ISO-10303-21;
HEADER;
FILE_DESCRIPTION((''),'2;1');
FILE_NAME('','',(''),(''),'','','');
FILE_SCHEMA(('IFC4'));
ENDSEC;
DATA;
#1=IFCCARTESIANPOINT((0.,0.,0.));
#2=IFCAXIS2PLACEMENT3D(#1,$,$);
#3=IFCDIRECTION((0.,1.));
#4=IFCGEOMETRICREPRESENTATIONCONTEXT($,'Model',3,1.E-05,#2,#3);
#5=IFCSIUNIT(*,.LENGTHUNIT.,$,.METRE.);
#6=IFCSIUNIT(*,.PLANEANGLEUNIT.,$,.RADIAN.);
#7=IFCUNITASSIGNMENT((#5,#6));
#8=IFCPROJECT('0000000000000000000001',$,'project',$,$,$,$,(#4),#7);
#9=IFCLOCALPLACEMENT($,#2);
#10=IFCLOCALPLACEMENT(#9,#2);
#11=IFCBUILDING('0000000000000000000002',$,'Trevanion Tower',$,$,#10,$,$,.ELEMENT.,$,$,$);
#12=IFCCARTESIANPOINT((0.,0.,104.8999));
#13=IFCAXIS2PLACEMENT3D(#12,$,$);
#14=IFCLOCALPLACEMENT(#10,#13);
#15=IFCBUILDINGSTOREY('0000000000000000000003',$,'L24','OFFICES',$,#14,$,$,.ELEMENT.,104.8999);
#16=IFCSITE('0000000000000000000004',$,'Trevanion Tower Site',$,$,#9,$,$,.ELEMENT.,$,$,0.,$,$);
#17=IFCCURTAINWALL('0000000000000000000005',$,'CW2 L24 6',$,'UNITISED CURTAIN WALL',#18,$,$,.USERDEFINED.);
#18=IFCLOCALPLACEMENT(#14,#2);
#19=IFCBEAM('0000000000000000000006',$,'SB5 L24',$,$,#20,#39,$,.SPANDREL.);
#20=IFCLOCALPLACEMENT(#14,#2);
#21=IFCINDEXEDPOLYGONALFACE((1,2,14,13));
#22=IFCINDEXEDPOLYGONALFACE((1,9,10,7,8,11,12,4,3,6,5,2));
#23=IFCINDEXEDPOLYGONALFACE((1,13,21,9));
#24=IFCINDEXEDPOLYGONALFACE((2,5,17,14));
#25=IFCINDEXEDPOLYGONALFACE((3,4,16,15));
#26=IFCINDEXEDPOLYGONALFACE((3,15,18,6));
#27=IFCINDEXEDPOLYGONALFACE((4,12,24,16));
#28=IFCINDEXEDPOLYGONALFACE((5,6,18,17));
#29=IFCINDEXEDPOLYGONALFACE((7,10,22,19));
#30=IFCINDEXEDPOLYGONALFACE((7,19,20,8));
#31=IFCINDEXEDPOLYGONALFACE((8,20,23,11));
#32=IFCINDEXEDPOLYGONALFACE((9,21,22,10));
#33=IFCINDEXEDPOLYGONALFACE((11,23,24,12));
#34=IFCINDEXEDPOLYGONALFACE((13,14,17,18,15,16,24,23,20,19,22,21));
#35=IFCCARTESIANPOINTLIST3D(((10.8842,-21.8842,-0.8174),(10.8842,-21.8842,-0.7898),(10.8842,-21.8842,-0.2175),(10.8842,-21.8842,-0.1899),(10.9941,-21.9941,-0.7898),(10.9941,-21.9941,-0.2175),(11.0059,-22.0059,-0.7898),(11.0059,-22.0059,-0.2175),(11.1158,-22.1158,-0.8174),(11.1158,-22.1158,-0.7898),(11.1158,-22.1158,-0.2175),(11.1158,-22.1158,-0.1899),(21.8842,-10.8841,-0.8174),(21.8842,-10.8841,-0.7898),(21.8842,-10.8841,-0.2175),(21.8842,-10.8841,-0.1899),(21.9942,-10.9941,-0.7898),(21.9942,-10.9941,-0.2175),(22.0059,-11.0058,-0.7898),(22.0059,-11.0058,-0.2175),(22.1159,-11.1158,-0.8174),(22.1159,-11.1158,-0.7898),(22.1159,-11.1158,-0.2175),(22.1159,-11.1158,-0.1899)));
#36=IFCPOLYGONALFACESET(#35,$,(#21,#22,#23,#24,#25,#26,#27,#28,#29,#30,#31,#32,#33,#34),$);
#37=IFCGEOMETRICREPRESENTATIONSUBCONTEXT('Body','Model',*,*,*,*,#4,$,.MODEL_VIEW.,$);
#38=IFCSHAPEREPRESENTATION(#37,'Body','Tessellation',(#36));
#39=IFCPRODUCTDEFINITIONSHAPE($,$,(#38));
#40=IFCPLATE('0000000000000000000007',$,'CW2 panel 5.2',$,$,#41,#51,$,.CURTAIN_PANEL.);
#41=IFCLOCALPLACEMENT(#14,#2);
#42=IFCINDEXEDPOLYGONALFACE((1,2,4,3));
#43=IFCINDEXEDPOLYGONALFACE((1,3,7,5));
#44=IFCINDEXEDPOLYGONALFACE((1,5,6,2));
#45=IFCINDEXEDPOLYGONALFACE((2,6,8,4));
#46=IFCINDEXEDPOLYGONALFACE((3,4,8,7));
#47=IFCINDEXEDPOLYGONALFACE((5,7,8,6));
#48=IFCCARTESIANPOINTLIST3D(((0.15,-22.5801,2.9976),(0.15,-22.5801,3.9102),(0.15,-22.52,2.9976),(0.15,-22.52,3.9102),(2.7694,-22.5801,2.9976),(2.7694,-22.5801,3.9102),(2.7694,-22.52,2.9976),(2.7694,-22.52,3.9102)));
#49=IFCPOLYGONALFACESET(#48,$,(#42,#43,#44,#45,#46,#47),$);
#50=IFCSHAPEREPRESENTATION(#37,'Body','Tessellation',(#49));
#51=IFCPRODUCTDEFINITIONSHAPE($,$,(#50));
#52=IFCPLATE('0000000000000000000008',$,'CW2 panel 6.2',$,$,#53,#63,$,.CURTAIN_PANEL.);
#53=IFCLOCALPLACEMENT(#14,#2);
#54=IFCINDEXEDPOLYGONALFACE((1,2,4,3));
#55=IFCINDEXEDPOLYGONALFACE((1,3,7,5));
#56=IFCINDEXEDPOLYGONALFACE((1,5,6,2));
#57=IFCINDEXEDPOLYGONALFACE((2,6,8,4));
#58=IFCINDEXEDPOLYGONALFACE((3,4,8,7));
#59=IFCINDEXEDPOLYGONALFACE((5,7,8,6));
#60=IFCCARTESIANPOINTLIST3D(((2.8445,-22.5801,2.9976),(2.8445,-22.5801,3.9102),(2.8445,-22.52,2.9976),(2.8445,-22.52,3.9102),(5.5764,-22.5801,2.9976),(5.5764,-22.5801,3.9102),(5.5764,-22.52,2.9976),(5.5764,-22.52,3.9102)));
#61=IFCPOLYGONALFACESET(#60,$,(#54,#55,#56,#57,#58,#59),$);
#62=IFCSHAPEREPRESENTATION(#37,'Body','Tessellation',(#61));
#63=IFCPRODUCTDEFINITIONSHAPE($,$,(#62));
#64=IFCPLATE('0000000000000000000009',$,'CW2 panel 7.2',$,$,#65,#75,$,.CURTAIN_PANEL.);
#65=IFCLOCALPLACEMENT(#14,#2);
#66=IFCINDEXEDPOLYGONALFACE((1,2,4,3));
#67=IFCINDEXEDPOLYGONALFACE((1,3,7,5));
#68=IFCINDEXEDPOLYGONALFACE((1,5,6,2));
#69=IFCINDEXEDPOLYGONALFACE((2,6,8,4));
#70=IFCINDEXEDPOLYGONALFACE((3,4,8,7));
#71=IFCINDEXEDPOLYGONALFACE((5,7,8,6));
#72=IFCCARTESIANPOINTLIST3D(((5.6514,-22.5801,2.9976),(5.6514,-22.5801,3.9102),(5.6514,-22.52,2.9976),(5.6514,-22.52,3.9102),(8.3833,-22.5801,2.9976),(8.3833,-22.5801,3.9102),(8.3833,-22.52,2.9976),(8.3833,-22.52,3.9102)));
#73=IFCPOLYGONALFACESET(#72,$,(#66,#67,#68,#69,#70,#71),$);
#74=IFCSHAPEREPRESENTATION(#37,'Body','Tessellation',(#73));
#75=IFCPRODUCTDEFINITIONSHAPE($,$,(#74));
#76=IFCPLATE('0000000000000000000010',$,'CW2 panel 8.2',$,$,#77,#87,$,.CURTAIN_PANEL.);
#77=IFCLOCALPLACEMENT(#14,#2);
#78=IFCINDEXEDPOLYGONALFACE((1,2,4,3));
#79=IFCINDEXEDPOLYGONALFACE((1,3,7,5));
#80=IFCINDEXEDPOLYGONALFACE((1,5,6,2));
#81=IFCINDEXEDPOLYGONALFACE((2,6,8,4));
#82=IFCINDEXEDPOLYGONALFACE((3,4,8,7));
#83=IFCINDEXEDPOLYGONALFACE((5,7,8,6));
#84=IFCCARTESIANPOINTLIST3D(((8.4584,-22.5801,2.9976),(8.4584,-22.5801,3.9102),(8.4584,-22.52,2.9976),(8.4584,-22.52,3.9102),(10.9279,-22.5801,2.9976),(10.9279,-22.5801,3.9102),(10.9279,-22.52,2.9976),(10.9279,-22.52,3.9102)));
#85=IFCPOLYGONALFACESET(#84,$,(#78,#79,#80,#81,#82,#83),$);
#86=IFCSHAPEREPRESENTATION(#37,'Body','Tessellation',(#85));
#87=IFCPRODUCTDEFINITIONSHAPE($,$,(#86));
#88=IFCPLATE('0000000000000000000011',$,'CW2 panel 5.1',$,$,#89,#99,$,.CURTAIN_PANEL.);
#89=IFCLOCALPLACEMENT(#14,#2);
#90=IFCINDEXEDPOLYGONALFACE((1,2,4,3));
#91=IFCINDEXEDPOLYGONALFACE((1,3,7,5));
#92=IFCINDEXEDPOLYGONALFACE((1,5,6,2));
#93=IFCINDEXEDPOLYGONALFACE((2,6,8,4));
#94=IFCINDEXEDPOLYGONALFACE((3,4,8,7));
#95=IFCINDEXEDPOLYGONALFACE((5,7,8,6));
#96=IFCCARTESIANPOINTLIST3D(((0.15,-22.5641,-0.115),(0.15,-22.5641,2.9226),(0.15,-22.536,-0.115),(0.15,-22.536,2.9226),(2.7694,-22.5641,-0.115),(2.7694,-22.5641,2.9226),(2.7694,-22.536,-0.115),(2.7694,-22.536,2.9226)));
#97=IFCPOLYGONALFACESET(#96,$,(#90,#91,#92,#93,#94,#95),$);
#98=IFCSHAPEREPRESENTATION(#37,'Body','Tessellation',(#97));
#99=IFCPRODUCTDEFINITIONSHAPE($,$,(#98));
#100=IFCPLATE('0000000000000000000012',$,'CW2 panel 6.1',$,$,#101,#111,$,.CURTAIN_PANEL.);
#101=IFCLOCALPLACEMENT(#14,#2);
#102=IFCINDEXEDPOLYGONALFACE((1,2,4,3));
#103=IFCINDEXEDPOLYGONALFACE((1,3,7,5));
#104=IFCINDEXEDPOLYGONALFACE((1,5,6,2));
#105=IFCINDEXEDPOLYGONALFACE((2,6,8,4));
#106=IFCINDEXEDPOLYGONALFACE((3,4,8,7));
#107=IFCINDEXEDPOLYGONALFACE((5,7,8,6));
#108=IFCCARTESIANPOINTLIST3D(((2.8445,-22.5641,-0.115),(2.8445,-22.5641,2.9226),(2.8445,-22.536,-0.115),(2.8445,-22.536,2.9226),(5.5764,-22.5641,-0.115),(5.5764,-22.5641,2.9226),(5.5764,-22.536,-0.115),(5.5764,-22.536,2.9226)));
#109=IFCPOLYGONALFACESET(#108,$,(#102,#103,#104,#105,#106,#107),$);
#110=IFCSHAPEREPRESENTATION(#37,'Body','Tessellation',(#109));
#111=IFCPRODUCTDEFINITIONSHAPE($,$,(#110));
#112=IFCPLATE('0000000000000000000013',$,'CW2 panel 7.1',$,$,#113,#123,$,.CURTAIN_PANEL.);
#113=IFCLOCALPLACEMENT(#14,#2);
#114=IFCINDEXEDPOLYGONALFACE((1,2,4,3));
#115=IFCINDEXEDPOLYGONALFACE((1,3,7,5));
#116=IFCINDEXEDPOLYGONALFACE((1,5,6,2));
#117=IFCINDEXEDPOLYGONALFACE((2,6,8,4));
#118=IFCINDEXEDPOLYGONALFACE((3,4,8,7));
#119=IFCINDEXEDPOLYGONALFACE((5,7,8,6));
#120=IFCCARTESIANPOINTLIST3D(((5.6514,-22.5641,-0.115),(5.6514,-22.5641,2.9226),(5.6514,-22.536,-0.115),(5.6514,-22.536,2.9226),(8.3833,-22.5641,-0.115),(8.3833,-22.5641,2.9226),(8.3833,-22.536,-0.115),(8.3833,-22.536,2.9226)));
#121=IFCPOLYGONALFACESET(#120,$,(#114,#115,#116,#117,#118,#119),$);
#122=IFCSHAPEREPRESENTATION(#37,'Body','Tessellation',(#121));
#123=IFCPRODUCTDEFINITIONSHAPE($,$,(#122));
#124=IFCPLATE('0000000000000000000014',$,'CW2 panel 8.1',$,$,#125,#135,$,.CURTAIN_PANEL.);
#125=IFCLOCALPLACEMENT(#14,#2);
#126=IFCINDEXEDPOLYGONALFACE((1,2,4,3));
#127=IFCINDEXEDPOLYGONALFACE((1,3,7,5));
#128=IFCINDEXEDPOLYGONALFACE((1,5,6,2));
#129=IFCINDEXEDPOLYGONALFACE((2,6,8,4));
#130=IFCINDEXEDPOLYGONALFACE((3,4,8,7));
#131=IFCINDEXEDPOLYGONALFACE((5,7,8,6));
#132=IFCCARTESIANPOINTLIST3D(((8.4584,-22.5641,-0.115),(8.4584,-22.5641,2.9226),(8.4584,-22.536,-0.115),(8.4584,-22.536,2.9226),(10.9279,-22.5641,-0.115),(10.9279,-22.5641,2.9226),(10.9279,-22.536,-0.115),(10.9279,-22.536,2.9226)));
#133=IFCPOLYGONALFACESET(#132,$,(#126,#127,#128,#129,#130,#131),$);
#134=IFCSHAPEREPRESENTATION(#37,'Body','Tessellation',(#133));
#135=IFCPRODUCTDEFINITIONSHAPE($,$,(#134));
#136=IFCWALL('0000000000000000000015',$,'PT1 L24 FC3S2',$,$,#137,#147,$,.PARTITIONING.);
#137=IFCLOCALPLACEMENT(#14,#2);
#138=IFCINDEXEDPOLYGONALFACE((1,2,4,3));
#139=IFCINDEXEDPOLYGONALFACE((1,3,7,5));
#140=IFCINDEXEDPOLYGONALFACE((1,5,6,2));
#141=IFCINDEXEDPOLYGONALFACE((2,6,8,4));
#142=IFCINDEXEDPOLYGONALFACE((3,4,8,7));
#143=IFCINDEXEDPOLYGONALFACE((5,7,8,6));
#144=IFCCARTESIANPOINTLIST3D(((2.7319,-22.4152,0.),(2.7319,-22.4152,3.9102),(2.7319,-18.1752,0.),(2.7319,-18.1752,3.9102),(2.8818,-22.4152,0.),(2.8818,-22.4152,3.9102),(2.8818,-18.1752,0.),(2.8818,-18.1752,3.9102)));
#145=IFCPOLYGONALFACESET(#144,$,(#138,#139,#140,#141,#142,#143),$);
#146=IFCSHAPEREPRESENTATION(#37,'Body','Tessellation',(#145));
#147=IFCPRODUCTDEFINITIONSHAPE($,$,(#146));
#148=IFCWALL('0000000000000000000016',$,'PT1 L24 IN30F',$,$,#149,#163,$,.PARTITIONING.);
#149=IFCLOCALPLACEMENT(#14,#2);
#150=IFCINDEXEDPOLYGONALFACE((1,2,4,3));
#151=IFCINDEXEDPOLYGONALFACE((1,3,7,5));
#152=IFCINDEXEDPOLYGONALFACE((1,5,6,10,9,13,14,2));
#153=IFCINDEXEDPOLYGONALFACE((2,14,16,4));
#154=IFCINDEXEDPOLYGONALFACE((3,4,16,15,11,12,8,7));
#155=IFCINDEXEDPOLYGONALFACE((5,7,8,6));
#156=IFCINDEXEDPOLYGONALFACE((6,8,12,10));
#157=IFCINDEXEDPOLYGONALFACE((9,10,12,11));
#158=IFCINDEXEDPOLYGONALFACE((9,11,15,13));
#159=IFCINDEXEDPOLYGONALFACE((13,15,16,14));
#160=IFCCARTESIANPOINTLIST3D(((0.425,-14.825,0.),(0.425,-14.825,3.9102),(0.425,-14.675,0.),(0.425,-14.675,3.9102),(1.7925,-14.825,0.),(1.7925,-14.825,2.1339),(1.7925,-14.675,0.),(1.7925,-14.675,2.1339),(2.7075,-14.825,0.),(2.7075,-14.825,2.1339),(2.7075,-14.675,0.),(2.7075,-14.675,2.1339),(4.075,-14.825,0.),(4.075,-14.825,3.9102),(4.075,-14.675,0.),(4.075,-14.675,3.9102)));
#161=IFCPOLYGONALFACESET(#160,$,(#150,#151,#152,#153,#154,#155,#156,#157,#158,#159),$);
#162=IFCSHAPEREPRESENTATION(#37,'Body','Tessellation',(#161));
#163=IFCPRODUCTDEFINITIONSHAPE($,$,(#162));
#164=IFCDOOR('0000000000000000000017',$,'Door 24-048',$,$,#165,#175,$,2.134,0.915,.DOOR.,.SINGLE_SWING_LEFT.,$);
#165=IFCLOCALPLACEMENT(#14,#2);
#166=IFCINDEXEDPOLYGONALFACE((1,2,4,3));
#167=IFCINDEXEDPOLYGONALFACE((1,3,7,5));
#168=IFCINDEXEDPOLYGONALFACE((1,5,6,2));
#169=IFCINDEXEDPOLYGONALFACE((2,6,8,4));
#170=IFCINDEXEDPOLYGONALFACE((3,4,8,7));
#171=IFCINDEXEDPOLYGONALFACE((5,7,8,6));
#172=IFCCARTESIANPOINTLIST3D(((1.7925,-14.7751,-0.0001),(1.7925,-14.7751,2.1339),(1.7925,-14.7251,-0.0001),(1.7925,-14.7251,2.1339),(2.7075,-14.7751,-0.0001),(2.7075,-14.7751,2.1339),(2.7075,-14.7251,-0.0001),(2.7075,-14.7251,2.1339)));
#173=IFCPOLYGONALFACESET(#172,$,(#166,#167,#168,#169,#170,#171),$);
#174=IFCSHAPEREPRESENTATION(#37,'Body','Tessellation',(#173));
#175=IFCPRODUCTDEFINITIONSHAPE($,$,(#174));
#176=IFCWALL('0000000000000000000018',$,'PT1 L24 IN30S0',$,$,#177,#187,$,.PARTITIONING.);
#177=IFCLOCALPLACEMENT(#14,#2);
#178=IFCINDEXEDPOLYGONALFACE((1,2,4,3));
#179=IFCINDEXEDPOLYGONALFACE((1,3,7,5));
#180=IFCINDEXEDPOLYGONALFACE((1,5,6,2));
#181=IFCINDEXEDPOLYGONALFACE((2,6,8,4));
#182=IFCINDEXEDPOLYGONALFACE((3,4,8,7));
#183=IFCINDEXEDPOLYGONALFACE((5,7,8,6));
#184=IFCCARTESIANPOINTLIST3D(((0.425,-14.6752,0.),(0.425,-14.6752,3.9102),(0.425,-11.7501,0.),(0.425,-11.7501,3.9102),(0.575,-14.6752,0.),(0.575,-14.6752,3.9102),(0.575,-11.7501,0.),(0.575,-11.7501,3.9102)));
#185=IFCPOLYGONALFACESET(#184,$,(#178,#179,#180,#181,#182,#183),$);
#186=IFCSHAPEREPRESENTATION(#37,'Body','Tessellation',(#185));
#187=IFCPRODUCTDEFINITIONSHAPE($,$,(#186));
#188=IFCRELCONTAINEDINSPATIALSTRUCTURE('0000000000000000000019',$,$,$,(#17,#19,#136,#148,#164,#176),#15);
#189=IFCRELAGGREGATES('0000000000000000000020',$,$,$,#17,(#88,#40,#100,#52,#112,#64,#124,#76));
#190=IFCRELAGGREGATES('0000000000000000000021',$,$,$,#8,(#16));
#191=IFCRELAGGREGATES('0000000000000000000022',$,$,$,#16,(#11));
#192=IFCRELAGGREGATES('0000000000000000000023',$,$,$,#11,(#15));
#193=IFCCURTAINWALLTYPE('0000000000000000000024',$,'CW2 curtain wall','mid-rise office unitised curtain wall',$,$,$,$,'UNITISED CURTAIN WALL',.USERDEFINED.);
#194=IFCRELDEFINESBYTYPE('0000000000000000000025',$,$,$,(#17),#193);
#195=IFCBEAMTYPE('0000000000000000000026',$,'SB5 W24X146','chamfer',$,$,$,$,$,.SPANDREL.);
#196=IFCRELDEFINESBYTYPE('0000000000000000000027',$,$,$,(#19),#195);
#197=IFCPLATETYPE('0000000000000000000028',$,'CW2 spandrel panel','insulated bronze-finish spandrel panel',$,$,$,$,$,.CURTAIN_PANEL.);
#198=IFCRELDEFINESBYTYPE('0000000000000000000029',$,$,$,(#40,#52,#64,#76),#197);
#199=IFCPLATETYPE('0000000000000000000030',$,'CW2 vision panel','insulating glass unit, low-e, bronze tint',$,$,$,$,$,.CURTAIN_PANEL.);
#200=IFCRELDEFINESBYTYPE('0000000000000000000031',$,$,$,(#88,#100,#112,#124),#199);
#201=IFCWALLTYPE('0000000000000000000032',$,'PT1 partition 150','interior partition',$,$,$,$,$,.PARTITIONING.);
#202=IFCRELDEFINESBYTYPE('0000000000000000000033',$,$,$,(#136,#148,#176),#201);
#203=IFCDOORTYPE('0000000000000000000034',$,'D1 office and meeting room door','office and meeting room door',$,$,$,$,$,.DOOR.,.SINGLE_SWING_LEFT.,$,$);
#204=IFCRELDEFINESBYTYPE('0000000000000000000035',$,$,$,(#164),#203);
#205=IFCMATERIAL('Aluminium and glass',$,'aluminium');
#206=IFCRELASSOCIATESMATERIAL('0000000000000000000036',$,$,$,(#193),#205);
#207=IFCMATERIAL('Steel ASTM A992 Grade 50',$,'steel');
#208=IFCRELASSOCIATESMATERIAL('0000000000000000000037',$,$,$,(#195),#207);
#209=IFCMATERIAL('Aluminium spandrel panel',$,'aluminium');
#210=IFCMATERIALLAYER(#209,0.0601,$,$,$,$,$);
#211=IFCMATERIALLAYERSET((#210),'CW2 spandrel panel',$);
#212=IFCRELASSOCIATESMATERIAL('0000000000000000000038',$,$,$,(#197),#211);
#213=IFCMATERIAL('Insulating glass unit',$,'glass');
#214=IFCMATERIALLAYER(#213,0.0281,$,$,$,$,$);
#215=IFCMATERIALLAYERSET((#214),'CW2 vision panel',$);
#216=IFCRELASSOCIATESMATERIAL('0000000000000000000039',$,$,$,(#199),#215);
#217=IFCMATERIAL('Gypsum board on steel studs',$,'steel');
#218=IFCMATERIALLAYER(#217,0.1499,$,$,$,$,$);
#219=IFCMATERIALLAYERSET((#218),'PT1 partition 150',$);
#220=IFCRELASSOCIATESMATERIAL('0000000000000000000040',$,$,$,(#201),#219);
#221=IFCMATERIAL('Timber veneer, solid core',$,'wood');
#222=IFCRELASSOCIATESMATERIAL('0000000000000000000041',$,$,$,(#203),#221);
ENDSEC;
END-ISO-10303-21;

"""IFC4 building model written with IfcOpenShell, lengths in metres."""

from ifc_helpers import new_model, si_unit, direction, frame, frame_2d, origin, origin_2d, place, context, subcontext, project, spatial, rectangle, i_section, extrude, material, layer, layer_set, material_profile, profile_set, type_object, element, fill, aggregate, save


model = new_model("IFC4")

# Units and contexts
model_context = context("Model", 3, precision=1e-05, world=origin(), true_north=direction((0.0, 1.0)))
body_context = subcontext(model_context, "Body", "Model", "MODEL_VIEW")
ifc_project = project(units=[si_unit("LENGTHUNIT", "METRE"), si_unit("PLANEANGLEUNIT", "RADIAN")], contexts=[model_context])

# Site, building, storey
site_placement = place(None, origin())
site = spatial("IfcSite", under=ifc_project, at=site_placement, Name="Trevanion Tower Site", CompositionType="ELEMENT", RefElevation=0.0)
building_placement = place(site_placement, origin())
building = spatial("IfcBuilding", under=site, at=building_placement, Name="Trevanion Tower", CompositionType="ELEMENT")
storey_placement = place(building_placement, frame((0.0, 0.0, 104.8999)))
storey = spatial("IfcBuildingStorey", under=building, at=storey_placement, Name="L24", Description="OFFICES", CompositionType="ELEMENT", Elevation=104.8999)

# Curtain wall
ifc_material_1 = material(Name="Aluminium and glass", Category="aluminium")
curtain_wall_type = type_object("IfcCurtainWallType", Name="CW2 curtain wall", Description="mid-rise office unitised curtain wall", ElementType="UNITISED CURTAIN WALL", PredefinedType="USERDEFINED", material=ifc_material_1)
curtain_wall_1_placement = place(storey_placement, origin())
curtain_wall_1 = element("IfcCurtainWall", 1, at=curtain_wall_1_placement, inside=storey, type_object=curtain_wall_type, Name="CW2 L24 6", ObjectType="UNITISED CURTAIN WALL", PredefinedType="USERDEFINED")

# Beam
ifc_material_2 = material(Name="Steel ASTM A992 Grade 50", Category="steel")
ifc_material_profile_1 = material_profile(ifc_material_2, i_section(OverallWidth=0.3276, OverallDepth=0.6274, WebThickness=0.0166, FlangeThickness=0.0276, at=origin_2d()), Name="W24X146")
ifc_profile_set_1 = profile_set([ifc_material_profile_1], Name="Steel ASTM A992 Grade 50")
beam_type = type_object("IfcBeamType", Name="SB5 W24X146", Description="chamfer", PredefinedType="SPANDREL", material=ifc_profile_set_1)
beam_placement = place(storey_placement, frame((11.0, -22.0, -0.5037), z_axis=(0.707107, 0.707107, 0.0), x_axis=(-0.707107, 0.707107, 0.0)))
element("IfcBeam", 2, at=beam_placement, inside=storey, type_object=beam_type, Name="SB5 L24", PredefinedType="SPANDREL", context=body_context, shape_type="SweptSolid", body=[
    extrude(i_section(OverallWidth=0.3276, OverallDepth=0.6274, WebThickness=0.0166, FlangeThickness=0.0276, at=origin_2d()), origin(), (0.0, 0.0, 1.0), 15.5564),
])

# Plates
ifc_material_3 = material(Name="Aluminium spandrel panel", Category="aluminium")
ifc_layer_1 = layer(ifc_material_3, 0.0601)
ifc_layer_set_1 = layer_set([ifc_layer_1], Name="CW2 spandrel panel")
plate_type_1 = type_object("IfcPlateType", Name="CW2 spandrel panel", Description="insulated bronze-finish spandrel panel", PredefinedType="CURTAIN_PANEL", material=ifc_layer_set_1)
plate_1_placement = place(storey_placement, frame((1.4597, -22.55, 2.9976), z_axis=(0.0, 0.0, 1.0), x_axis=(1.0, 0.0, 0.0)))
plate_1 = element("IfcPlate", 3, at=plate_1_placement, type_object=plate_type_1, Name="CW2 panel 5.2", PredefinedType="CURTAIN_PANEL", context=body_context, shape_type="SweptSolid", body=[
    extrude(rectangle(XDim=2.6194, YDim=0.0601, at=origin_2d()), origin(), (0.0, 0.0, 1.0), 0.9126),
])
plate_2_placement = place(storey_placement, frame((4.2104, -22.55, 2.9976), z_axis=(0.0, 0.0, 1.0), x_axis=(1.0, 0.0, 0.0)))
plate_2 = element("IfcPlate", 4, at=plate_2_placement, type_object=plate_type_1, Name="CW2 panel 6.2", PredefinedType="CURTAIN_PANEL", context=body_context, shape_type="SweptSolid", body=[
    extrude(rectangle(XDim=2.7319, YDim=0.0601, at=origin_2d()), origin(), (0.0, 0.0, 1.0), 0.9126),
])
plate_3_placement = place(storey_placement, frame((7.0173, -22.55, 2.9976), z_axis=(0.0, 0.0, 1.0), x_axis=(1.0, 0.0, 0.0)))
plate_3 = element("IfcPlate", 5, at=plate_3_placement, type_object=plate_type_1, Name="CW2 panel 7.2", PredefinedType="CURTAIN_PANEL", context=body_context, shape_type="SweptSolid", body=[
    extrude(rectangle(XDim=2.7319, YDim=0.0601, at=origin_2d()), origin(), (0.0, 0.0, 1.0), 0.9126),
])
plate_4_placement = place(storey_placement, frame((9.6931, -22.55, 2.9976), z_axis=(0.0, 0.0, 1.0), x_axis=(1.0, 0.0, 0.0)))
plate_4 = element("IfcPlate", 6, at=plate_4_placement, type_object=plate_type_1, Name="CW2 panel 8.2", PredefinedType="CURTAIN_PANEL", context=body_context, shape_type="SweptSolid", body=[
    extrude(rectangle(XDim=2.4695, YDim=0.0601, at=origin_2d()), origin(), (0.0, 0.0, 1.0), 0.9126),
])
ifc_material_4 = material(Name="Insulating glass unit", Category="glass")
ifc_layer_2 = layer(ifc_material_4, 0.0281)
ifc_layer_set_2 = layer_set([ifc_layer_2], Name="CW2 vision panel")
plate_type_2 = type_object("IfcPlateType", Name="CW2 vision panel", Description="insulating glass unit, low-e, bronze tint", PredefinedType="CURTAIN_PANEL", material=ifc_layer_set_2)
plate_5_placement = place(storey_placement, frame((1.4597, -22.55, -0.115), z_axis=(0.0, 0.0, 1.0), x_axis=(1.0, 0.0, 0.0)))
plate_5 = element("IfcPlate", 7, at=plate_5_placement, type_object=plate_type_2, Name="CW2 panel 5.1", PredefinedType="CURTAIN_PANEL", context=body_context, shape_type="SweptSolid", body=[
    extrude(rectangle(XDim=2.6194, YDim=0.0281, at=origin_2d()), origin(), (0.0, 0.0, 1.0), 3.0376),
])
plate_6_placement = place(storey_placement, frame((4.2104, -22.55, -0.115), z_axis=(0.0, 0.0, 1.0), x_axis=(1.0, 0.0, 0.0)))
plate_6 = element("IfcPlate", 8, at=plate_6_placement, type_object=plate_type_2, Name="CW2 panel 6.1", PredefinedType="CURTAIN_PANEL", context=body_context, shape_type="SweptSolid", body=[
    extrude(rectangle(XDim=2.7319, YDim=0.0281, at=origin_2d()), origin(), (0.0, 0.0, 1.0), 3.0376),
])
plate_7_placement = place(storey_placement, frame((7.0173, -22.55, -0.115), z_axis=(0.0, 0.0, 1.0), x_axis=(1.0, 0.0, 0.0)))
plate_7 = element("IfcPlate", 9, at=plate_7_placement, type_object=plate_type_2, Name="CW2 panel 7.1", PredefinedType="CURTAIN_PANEL", context=body_context, shape_type="SweptSolid", body=[
    extrude(rectangle(XDim=2.7319, YDim=0.0281, at=origin_2d()), origin(), (0.0, 0.0, 1.0), 3.0376),
])
plate_8_placement = place(storey_placement, frame((9.6931, -22.55, -0.115), z_axis=(0.0, 0.0, 1.0), x_axis=(1.0, 0.0, 0.0)))
plate_8 = element("IfcPlate", 10, at=plate_8_placement, type_object=plate_type_2, Name="CW2 panel 8.1", PredefinedType="CURTAIN_PANEL", context=body_context, shape_type="SweptSolid", body=[
    extrude(rectangle(XDim=2.4695, YDim=0.0281, at=origin_2d()), origin(), (0.0, 0.0, 1.0), 3.0376),
])
aggregate(curtain_wall_1, [plate_5, plate_1, plate_6, plate_2, plate_7, plate_3, plate_8, plate_4])

# Wall
ifc_material_5 = material(Name="Gypsum board on steel studs", Category="steel")
ifc_layer_3 = layer(ifc_material_5, 0.1499)
ifc_layer_set_3 = layer_set([ifc_layer_3], Name="PT1 partition 150")
wall_type_1 = type_object("IfcWallType", Name="PT1 partition 150", Description="interior partition", PredefinedType="PARTITIONING", material=ifc_layer_set_3)
wall_1_placement = place(storey_placement, frame((2.8069, -18.175, 0.0), z_axis=(0.0, 0.0, 1.0), x_axis=(0.0, -1.0, 0.0)))
element("IfcWall", 11, at=wall_1_placement, inside=storey, type_object=wall_type_1, Name="PT1 L24 FC3S2", PredefinedType="PARTITIONING", context=body_context, shape_type="SweptSolid", body=[
    extrude(rectangle(XDim=4.24, YDim=0.1499, at=frame_2d((2.1201, 0.0))), origin(), (0.0, 0.0, 1.0), 3.9102),
])

# Wall, opening, door
wall_2_placement = place(storey_placement, frame((0.425, -14.75, 0.0), z_axis=(0.0, 0.0, 1.0), x_axis=(1.0, 0.0, 0.0)))
wall_2 = element("IfcWall", 12, at=wall_2_placement, inside=storey, type_object=wall_type_1, Name="PT1 L24 IN30F", PredefinedType="PARTITIONING", context=body_context, shape_type="SweptSolid", body=[
    extrude(rectangle(XDim=3.6499, YDim=0.1499, at=frame_2d((1.825, 0.0))), origin(), (0.0, 0.0, 1.0), 3.9102),
])
opening_1_placement = place(wall_2_placement, frame((1.3674, 0.0, 0.0)))
opening_1 = element("IfcOpeningElement", 13, at=opening_1_placement, cuts=wall_2, PredefinedType="OPENING", context=body_context, shape_type="SweptSolid", body=[
    extrude(rectangle(XDim=0.915, YDim=2.134, at=frame_2d((0.4575, 1.0669))), frame((0.0, 0.085, 0.0), z_axis=(0.0, -1.0, 0.0), x_axis=(1.0, 0.0, 0.0)), (0.0, 0.0, 1.0), 0.1699),
])
ifc_material_6 = material(Name="Timber veneer, solid core", Category="wood")
door_type = type_object("IfcDoorType", Name="D1 office and meeting room door", Description="office and meeting room door", OperationType="SINGLE_SWING_LEFT", PredefinedType="DOOR", material=ifc_material_6)
door_1_placement = place(opening_1_placement, origin())
door_1 = element("IfcDoor", 14, at=door_1_placement, inside=storey, type_object=door_type, Name="Door 24-048", OperationType="SINGLE_SWING_LEFT", OverallHeight=2.134, OverallWidth=0.915, PredefinedType="DOOR", context=body_context, shape_type="SweptSolid", body=[
    extrude(rectangle(XDim=0.915, YDim=2.134, at=frame_2d((0.4575, 1.0669))), frame((0.0, 0.0249, 0.0), z_axis=(0.0, -1.0, 0.0), x_axis=(1.0, 0.0, 0.0)), (0.0, 0.0, 1.0), 0.05),
])
fill(opening_1, door_1)

# Wall
for number, where, z_axis, x_axis, name in (
    (15, (0.5, -14.675, 0.0), (0.0, 0.0, 1.0), (0.0, 1.0, 0.0), "PT1 L24 IN30S0"),
):
    element("IfcWall", number, at=place(storey_placement, frame(where, z_axis=z_axis, x_axis=x_axis)), inside=storey, type_object=wall_type_1, Name=name, PredefinedType="PARTITIONING", context=body_context, shape_type="SweptSolid", body=[
        extrude(rectangle(XDim=2.925, YDim=0.1499, at=frame_2d((1.4624, 0.0))), origin(), (0.0, 0.0, 1.0), 3.9102),
    ])

save(model, "model.ifc")
